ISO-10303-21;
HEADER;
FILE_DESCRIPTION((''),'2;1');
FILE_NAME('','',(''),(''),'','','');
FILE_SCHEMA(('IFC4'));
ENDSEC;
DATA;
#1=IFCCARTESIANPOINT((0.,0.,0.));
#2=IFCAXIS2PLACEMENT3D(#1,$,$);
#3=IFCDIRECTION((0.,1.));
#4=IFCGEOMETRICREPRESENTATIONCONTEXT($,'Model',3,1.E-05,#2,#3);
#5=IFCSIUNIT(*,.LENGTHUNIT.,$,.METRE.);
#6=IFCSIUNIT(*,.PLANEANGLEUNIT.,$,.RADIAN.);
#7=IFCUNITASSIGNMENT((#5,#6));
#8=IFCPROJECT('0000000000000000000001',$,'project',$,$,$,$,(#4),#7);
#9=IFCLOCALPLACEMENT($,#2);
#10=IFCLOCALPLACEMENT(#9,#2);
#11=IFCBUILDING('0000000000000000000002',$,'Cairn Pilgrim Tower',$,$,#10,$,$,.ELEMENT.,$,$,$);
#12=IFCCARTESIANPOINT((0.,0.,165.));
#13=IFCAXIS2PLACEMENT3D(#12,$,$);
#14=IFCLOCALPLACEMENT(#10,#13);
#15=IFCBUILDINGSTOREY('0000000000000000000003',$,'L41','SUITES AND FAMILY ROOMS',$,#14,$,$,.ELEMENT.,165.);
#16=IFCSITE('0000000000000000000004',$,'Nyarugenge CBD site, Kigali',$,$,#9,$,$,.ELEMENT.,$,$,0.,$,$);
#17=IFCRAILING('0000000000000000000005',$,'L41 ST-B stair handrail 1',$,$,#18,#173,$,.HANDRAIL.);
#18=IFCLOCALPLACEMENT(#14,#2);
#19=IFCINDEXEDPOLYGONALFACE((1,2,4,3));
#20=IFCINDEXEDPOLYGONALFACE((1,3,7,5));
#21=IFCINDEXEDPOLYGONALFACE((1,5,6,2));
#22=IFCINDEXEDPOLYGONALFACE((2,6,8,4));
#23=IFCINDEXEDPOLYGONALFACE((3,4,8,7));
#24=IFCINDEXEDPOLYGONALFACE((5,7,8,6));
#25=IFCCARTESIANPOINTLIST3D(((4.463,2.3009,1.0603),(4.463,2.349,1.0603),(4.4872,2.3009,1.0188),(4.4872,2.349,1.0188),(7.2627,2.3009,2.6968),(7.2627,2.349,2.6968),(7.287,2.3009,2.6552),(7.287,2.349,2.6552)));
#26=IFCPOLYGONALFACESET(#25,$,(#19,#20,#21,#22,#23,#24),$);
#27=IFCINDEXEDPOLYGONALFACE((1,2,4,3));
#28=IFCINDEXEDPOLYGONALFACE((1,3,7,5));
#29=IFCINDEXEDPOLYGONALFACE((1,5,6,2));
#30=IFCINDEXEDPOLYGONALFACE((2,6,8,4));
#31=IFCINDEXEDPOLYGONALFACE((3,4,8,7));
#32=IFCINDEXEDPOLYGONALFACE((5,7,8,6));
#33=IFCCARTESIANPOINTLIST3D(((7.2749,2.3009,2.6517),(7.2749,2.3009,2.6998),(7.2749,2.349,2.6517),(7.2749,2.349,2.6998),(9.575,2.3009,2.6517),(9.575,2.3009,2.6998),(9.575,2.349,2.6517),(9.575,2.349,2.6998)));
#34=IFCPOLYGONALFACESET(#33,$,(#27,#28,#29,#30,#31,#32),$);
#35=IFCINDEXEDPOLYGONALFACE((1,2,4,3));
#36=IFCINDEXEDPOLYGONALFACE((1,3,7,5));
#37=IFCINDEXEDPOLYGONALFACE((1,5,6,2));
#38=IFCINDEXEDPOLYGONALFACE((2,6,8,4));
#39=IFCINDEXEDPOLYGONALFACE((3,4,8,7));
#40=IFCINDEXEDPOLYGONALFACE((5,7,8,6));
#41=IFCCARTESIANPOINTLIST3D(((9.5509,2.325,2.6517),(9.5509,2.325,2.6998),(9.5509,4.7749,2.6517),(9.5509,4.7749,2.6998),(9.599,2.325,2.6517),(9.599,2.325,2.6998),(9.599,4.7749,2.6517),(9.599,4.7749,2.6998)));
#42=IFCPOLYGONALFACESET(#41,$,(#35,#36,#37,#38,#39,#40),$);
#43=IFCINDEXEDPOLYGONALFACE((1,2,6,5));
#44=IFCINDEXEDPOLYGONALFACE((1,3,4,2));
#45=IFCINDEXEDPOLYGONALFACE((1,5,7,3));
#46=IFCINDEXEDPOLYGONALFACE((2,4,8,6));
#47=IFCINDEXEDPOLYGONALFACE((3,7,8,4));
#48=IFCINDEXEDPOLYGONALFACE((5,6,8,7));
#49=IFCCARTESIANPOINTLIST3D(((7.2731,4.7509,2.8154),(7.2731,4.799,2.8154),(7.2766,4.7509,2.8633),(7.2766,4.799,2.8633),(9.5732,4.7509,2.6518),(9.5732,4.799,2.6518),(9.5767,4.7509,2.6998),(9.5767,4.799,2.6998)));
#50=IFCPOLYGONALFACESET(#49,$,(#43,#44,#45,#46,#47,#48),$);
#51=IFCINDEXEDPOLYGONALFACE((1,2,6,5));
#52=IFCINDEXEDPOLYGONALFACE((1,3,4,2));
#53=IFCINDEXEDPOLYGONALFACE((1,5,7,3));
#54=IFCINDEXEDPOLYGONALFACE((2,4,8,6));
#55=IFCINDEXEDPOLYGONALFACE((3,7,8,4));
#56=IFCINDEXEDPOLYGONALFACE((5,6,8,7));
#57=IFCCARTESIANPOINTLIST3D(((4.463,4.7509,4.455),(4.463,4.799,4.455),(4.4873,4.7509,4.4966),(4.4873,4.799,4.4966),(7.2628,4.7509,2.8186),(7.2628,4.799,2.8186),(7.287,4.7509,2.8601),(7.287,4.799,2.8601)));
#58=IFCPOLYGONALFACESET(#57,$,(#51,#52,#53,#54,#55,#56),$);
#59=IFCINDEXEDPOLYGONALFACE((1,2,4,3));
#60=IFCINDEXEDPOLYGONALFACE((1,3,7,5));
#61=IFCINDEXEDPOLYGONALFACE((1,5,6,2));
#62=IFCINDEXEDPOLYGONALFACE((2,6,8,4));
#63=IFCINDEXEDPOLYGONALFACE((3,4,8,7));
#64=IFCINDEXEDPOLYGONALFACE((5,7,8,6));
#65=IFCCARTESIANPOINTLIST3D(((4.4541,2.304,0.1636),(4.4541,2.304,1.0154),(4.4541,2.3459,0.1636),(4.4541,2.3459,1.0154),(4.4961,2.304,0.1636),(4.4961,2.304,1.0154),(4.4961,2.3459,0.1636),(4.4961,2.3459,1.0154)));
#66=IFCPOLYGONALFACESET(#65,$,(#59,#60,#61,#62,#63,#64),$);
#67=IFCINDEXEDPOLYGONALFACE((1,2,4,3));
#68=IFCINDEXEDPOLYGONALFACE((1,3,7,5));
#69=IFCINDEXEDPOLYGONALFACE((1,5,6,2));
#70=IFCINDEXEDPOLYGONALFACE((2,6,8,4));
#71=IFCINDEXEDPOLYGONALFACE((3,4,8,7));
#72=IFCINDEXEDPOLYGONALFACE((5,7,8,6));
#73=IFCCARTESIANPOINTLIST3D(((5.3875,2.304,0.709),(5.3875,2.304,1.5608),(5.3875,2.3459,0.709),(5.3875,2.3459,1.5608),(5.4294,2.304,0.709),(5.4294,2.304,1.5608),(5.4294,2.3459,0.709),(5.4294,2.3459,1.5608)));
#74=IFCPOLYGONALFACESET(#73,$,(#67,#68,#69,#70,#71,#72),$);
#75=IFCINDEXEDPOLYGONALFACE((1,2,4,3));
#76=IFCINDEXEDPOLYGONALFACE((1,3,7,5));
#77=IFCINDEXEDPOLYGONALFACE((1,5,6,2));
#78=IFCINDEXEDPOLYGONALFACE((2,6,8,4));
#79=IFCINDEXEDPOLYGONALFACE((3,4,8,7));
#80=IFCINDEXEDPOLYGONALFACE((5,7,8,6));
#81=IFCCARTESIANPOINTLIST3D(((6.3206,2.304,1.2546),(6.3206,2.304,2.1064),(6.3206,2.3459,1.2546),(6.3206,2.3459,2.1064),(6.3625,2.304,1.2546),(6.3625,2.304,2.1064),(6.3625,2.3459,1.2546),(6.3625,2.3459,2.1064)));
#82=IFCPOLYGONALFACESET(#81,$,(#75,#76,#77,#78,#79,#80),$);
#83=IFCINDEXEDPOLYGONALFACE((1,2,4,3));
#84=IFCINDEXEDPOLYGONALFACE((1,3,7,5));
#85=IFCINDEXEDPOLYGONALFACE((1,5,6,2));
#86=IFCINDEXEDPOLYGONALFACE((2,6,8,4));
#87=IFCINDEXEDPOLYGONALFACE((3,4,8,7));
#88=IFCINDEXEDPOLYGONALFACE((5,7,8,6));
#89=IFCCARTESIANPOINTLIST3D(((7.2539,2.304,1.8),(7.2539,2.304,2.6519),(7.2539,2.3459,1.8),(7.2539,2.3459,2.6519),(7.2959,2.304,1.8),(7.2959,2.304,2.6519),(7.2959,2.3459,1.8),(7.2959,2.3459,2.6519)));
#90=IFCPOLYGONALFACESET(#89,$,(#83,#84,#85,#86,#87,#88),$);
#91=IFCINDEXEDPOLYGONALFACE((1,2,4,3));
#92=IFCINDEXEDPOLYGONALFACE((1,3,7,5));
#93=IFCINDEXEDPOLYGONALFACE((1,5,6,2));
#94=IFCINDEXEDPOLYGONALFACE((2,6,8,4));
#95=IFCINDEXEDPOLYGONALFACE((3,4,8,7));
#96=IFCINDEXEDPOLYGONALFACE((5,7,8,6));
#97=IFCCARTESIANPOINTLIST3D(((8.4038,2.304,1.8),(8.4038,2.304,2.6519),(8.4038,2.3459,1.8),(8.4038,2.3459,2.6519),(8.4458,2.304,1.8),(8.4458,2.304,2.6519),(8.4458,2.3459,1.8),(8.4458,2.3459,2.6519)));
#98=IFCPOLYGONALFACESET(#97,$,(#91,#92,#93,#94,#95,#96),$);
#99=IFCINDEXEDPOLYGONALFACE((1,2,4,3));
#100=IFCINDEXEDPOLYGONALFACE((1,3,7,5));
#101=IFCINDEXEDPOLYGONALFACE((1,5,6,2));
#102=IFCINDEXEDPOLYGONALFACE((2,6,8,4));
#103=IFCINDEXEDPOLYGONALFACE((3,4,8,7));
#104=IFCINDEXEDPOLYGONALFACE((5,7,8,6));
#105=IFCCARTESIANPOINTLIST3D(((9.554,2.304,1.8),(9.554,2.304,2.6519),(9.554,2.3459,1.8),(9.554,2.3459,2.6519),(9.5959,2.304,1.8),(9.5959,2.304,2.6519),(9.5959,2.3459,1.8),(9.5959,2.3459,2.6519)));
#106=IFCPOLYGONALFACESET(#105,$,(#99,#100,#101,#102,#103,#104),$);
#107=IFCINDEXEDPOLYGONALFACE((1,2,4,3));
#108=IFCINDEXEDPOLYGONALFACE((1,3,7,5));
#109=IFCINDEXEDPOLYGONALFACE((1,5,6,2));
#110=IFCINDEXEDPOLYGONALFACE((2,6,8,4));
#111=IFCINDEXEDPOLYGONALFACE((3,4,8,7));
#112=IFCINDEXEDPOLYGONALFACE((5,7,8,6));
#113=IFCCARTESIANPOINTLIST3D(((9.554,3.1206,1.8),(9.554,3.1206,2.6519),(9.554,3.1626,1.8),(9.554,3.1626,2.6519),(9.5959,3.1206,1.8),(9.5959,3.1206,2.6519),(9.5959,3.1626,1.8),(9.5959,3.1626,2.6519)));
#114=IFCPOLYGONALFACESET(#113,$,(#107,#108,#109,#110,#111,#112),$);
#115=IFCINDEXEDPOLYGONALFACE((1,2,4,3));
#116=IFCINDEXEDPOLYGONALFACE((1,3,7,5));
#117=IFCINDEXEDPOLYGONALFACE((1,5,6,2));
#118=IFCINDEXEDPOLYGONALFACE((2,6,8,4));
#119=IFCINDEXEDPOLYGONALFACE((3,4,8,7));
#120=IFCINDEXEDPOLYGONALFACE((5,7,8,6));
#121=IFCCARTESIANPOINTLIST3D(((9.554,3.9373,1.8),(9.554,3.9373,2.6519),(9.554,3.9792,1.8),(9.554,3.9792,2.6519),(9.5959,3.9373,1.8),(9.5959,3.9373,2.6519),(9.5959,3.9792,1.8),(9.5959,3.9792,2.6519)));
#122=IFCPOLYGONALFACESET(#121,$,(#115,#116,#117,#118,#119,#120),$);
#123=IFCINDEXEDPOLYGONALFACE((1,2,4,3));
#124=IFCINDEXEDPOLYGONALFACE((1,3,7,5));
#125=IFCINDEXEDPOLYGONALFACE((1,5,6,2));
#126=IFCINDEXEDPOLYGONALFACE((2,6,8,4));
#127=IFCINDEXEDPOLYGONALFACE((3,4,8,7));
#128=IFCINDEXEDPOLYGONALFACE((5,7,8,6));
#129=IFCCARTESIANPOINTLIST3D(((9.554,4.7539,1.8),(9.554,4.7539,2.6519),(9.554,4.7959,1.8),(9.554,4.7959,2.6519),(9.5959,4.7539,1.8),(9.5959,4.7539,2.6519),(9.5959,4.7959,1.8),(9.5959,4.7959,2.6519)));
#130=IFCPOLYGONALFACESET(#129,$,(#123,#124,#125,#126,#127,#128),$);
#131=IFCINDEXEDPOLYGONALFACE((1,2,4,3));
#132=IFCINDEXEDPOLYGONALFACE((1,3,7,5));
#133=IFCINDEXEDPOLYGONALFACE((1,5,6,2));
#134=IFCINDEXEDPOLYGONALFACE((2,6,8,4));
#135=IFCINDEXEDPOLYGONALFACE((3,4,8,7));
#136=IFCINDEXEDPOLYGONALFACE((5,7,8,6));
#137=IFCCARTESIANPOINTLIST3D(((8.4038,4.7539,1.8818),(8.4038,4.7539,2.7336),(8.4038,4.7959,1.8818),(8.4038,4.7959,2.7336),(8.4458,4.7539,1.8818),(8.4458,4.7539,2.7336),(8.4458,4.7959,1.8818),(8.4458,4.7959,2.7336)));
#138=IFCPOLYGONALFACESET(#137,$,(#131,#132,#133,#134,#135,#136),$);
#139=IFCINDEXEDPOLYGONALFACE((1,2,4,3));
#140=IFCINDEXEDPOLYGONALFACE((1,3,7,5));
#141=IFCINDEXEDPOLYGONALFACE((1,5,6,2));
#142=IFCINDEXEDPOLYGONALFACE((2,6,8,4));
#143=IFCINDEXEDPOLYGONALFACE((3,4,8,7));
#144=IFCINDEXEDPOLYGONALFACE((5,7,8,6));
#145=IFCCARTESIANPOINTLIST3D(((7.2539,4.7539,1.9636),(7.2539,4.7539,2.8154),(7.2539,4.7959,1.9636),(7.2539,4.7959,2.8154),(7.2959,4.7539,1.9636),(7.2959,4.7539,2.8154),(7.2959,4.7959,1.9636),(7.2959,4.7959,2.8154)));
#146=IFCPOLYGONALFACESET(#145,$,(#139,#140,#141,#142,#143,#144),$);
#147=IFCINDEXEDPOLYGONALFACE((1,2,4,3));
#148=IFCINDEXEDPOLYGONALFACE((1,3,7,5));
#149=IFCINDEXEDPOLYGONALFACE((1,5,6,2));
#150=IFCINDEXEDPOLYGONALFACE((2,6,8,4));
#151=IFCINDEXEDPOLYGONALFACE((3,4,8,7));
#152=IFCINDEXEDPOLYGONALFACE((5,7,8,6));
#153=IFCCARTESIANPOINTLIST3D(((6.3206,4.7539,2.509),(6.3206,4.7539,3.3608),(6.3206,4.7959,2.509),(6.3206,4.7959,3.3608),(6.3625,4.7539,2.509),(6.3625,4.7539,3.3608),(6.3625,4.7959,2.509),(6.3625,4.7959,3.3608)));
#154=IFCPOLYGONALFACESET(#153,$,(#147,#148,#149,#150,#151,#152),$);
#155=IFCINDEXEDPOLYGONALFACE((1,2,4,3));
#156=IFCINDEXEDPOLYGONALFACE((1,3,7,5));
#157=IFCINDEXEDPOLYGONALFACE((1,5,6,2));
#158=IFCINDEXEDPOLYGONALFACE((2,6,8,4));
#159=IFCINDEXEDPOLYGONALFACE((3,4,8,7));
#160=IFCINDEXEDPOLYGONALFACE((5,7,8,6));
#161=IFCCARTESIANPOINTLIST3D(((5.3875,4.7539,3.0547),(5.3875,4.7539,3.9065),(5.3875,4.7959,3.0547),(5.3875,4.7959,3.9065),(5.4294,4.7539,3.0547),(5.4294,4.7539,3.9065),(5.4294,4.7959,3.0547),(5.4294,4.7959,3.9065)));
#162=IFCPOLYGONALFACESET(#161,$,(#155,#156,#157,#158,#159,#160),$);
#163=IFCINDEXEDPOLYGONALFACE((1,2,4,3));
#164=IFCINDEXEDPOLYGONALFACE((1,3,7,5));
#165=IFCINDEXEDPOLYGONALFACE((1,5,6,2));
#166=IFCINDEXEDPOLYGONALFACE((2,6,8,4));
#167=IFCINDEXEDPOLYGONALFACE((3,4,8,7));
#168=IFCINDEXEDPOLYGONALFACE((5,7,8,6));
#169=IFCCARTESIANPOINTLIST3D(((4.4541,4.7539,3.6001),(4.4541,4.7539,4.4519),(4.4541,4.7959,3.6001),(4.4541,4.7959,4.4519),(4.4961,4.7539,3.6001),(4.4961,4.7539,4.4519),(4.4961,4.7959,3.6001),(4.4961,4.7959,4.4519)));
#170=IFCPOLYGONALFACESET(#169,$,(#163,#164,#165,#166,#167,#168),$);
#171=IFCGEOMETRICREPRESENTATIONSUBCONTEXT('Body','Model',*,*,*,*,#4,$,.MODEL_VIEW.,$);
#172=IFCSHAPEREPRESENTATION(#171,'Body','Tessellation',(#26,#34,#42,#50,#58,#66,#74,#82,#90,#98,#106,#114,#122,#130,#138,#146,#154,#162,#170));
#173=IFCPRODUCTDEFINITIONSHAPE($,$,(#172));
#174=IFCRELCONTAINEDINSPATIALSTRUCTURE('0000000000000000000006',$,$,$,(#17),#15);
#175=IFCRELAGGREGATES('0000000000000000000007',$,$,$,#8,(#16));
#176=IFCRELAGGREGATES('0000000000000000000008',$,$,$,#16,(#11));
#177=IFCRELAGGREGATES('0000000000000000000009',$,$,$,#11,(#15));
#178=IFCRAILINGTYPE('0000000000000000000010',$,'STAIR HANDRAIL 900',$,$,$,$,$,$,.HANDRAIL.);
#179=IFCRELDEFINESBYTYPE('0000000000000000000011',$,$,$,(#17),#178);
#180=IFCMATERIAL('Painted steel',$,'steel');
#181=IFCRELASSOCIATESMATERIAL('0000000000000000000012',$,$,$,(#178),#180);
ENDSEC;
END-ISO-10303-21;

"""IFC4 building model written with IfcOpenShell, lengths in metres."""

from ifc_helpers import new_model, si_unit, direction, frame, origin, origin_2d, place, context, subcontext, project, spatial, rectangle, extrude, material, type_object, element, save


model = new_model("IFC4")

# Units and contexts
model_context = context("Model", 3, precision=1e-05, world=origin(), true_north=direction((0.0, 1.0)))
body_context = subcontext(model_context, "Body", "Model", "MODEL_VIEW")
ifc_project = project(units=[si_unit("LENGTHUNIT", "METRE"), si_unit("PLANEANGLEUNIT", "RADIAN")], contexts=[model_context])

# Site, building, storey
site_placement = place(None, origin())
site = spatial("IfcSite", under=ifc_project, at=site_placement, Name="Nyarugenge CBD site, Kigali", CompositionType="ELEMENT", RefElevation=0.0)
building_placement = place(site_placement, origin())
building = spatial("IfcBuilding", under=site, at=building_placement, Name="Cairn Pilgrim Tower", CompositionType="ELEMENT")
storey_placement = place(building_placement, frame((0.0, 0.0, 165.0)))
storey = spatial("IfcBuildingStorey", under=building, at=storey_placement, Name="L41", Description="SUITES AND FAMILY ROOMS", CompositionType="ELEMENT", Elevation=165.0)

# Shared definitions
ifc_material_1 = material(Name="Painted steel", Category="steel")

# Railing
railing_type_1 = type_object("IfcRailingType", Name="STAIR HANDRAIL 900", PredefinedType="HANDRAIL", material=ifc_material_1)
railing_1_placement = place(storey_placement, frame((4.4751, 2.325, 0.1636)))
element("IfcRailing", 1, at=railing_1_placement, inside=storey, type_object=railing_type_1, Name="L41 ST-B stair handrail 1", PredefinedType="HANDRAIL", context=body_context, shape_type="SweptSolid", body=[
    extrude(rectangle(XDim=0.0481, YDim=0.0481, at=origin_2d()), frame((0.0, 0.0, 0.876), z_axis=(0.863342, 0.0, 0.50462), x_axis=(0.0, 1.0, 0.0)), (0.0, 0.0, 1.0), 3.2429),
    extrude(rectangle(XDim=0.0481, YDim=0.0481, at=origin_2d()), frame((2.7998, 0.0, 2.5122), z_axis=(1.0, 0.0, 0.0), x_axis=(0.0, 1.0, 0.0)), (0.0, 0.0, 1.0), 2.3),
    extrude(rectangle(XDim=0.0481, YDim=0.0481, at=origin_2d()), frame((5.0999, 0.0, 2.5122), z_axis=(0.0, 1.0, 0.0), x_axis=(-1.0, 0.0, 0.0)), (0.0, 0.0, 1.0), 2.45),
    extrude(rectangle(XDim=0.0481, YDim=0.0481, at=origin_2d()), frame((5.0999, 2.45, 2.5122), z_axis=(-0.997481, 0.0, 0.070939), x_axis=(0.0, -1.0, 0.0)), (0.0, 0.0, 1.0), 2.3059),
    extrude(rectangle(XDim=0.0481, YDim=0.0481, at=origin_2d()), frame((2.7998, 2.45, 2.6758), z_axis=(-0.863342, 0.0, 0.50462), x_axis=(0.0, -1.0, 0.0)), (0.0, 0.0, 1.0), 3.2429),
    extrude(rectangle(XDim=0.042, YDim=0.042, at=origin_2d()), origin(), (0.0, 0.0, 1.0), 0.8518),
    extrude(rectangle(XDim=0.042, YDim=0.042, at=origin_2d()), frame((0.9333, 0.0, 0.5454)), (0.0, 0.0, 1.0), 0.8518),
    extrude(rectangle(XDim=0.042, YDim=0.042, at=origin_2d()), frame((1.8665, 0.0, 1.0911)), (0.0, 0.0, 1.0), 0.8518),
    extrude(rectangle(XDim=0.042, YDim=0.042, at=origin_2d()), frame((2.7998, 0.0, 1.6365)), (0.0, 0.0, 1.0), 0.8518),
    extrude(rectangle(XDim=0.042, YDim=0.042, at=origin_2d()), frame((3.9497, 0.0, 1.6365)), (0.0, 0.0, 1.0), 0.8518),
    extrude(rectangle(XDim=0.042, YDim=0.042, at=origin_2d()), frame((5.0999, 0.0, 1.6365)), (0.0, 0.0, 1.0), 0.8518),
    extrude(rectangle(XDim=0.042, YDim=0.042, at=origin_2d()), frame((5.0999, 0.8167, 1.6365)), (0.0, 0.0, 1.0), 0.8518),
    extrude(rectangle(XDim=0.042, YDim=0.042, at=origin_2d()), frame((5.0999, 1.6333, 1.6365)), (0.0, 0.0, 1.0), 0.8518),
    extrude(rectangle(XDim=0.042, YDim=0.042, at=origin_2d()), frame((5.0999, 2.45, 1.6365)), (0.0, 0.0, 1.0), 0.8518),
    extrude(rectangle(XDim=0.042, YDim=0.042, at=origin_2d()), frame((3.9497, 2.45, 1.7183)), (0.0, 0.0, 1.0), 0.8518),
    extrude(rectangle(XDim=0.042, YDim=0.042, at=origin_2d()), frame((2.7998, 2.45, 1.8)), (0.0, 0.0, 1.0), 0.8518),
    extrude(rectangle(XDim=0.042, YDim=0.042, at=origin_2d()), frame((1.8665, 2.45, 2.3455)), (0.0, 0.0, 1.0), 0.8518),
    extrude(rectangle(XDim=0.042, YDim=0.042, at=origin_2d()), frame((0.9333, 2.45, 2.8911)), (0.0, 0.0, 1.0), 0.8518),
    extrude(rectangle(XDim=0.042, YDim=0.042, at=origin_2d()), frame((0.0, 2.45, 3.4365)), (0.0, 0.0, 1.0), 0.8518),
])

save(model, "model.ifc")
